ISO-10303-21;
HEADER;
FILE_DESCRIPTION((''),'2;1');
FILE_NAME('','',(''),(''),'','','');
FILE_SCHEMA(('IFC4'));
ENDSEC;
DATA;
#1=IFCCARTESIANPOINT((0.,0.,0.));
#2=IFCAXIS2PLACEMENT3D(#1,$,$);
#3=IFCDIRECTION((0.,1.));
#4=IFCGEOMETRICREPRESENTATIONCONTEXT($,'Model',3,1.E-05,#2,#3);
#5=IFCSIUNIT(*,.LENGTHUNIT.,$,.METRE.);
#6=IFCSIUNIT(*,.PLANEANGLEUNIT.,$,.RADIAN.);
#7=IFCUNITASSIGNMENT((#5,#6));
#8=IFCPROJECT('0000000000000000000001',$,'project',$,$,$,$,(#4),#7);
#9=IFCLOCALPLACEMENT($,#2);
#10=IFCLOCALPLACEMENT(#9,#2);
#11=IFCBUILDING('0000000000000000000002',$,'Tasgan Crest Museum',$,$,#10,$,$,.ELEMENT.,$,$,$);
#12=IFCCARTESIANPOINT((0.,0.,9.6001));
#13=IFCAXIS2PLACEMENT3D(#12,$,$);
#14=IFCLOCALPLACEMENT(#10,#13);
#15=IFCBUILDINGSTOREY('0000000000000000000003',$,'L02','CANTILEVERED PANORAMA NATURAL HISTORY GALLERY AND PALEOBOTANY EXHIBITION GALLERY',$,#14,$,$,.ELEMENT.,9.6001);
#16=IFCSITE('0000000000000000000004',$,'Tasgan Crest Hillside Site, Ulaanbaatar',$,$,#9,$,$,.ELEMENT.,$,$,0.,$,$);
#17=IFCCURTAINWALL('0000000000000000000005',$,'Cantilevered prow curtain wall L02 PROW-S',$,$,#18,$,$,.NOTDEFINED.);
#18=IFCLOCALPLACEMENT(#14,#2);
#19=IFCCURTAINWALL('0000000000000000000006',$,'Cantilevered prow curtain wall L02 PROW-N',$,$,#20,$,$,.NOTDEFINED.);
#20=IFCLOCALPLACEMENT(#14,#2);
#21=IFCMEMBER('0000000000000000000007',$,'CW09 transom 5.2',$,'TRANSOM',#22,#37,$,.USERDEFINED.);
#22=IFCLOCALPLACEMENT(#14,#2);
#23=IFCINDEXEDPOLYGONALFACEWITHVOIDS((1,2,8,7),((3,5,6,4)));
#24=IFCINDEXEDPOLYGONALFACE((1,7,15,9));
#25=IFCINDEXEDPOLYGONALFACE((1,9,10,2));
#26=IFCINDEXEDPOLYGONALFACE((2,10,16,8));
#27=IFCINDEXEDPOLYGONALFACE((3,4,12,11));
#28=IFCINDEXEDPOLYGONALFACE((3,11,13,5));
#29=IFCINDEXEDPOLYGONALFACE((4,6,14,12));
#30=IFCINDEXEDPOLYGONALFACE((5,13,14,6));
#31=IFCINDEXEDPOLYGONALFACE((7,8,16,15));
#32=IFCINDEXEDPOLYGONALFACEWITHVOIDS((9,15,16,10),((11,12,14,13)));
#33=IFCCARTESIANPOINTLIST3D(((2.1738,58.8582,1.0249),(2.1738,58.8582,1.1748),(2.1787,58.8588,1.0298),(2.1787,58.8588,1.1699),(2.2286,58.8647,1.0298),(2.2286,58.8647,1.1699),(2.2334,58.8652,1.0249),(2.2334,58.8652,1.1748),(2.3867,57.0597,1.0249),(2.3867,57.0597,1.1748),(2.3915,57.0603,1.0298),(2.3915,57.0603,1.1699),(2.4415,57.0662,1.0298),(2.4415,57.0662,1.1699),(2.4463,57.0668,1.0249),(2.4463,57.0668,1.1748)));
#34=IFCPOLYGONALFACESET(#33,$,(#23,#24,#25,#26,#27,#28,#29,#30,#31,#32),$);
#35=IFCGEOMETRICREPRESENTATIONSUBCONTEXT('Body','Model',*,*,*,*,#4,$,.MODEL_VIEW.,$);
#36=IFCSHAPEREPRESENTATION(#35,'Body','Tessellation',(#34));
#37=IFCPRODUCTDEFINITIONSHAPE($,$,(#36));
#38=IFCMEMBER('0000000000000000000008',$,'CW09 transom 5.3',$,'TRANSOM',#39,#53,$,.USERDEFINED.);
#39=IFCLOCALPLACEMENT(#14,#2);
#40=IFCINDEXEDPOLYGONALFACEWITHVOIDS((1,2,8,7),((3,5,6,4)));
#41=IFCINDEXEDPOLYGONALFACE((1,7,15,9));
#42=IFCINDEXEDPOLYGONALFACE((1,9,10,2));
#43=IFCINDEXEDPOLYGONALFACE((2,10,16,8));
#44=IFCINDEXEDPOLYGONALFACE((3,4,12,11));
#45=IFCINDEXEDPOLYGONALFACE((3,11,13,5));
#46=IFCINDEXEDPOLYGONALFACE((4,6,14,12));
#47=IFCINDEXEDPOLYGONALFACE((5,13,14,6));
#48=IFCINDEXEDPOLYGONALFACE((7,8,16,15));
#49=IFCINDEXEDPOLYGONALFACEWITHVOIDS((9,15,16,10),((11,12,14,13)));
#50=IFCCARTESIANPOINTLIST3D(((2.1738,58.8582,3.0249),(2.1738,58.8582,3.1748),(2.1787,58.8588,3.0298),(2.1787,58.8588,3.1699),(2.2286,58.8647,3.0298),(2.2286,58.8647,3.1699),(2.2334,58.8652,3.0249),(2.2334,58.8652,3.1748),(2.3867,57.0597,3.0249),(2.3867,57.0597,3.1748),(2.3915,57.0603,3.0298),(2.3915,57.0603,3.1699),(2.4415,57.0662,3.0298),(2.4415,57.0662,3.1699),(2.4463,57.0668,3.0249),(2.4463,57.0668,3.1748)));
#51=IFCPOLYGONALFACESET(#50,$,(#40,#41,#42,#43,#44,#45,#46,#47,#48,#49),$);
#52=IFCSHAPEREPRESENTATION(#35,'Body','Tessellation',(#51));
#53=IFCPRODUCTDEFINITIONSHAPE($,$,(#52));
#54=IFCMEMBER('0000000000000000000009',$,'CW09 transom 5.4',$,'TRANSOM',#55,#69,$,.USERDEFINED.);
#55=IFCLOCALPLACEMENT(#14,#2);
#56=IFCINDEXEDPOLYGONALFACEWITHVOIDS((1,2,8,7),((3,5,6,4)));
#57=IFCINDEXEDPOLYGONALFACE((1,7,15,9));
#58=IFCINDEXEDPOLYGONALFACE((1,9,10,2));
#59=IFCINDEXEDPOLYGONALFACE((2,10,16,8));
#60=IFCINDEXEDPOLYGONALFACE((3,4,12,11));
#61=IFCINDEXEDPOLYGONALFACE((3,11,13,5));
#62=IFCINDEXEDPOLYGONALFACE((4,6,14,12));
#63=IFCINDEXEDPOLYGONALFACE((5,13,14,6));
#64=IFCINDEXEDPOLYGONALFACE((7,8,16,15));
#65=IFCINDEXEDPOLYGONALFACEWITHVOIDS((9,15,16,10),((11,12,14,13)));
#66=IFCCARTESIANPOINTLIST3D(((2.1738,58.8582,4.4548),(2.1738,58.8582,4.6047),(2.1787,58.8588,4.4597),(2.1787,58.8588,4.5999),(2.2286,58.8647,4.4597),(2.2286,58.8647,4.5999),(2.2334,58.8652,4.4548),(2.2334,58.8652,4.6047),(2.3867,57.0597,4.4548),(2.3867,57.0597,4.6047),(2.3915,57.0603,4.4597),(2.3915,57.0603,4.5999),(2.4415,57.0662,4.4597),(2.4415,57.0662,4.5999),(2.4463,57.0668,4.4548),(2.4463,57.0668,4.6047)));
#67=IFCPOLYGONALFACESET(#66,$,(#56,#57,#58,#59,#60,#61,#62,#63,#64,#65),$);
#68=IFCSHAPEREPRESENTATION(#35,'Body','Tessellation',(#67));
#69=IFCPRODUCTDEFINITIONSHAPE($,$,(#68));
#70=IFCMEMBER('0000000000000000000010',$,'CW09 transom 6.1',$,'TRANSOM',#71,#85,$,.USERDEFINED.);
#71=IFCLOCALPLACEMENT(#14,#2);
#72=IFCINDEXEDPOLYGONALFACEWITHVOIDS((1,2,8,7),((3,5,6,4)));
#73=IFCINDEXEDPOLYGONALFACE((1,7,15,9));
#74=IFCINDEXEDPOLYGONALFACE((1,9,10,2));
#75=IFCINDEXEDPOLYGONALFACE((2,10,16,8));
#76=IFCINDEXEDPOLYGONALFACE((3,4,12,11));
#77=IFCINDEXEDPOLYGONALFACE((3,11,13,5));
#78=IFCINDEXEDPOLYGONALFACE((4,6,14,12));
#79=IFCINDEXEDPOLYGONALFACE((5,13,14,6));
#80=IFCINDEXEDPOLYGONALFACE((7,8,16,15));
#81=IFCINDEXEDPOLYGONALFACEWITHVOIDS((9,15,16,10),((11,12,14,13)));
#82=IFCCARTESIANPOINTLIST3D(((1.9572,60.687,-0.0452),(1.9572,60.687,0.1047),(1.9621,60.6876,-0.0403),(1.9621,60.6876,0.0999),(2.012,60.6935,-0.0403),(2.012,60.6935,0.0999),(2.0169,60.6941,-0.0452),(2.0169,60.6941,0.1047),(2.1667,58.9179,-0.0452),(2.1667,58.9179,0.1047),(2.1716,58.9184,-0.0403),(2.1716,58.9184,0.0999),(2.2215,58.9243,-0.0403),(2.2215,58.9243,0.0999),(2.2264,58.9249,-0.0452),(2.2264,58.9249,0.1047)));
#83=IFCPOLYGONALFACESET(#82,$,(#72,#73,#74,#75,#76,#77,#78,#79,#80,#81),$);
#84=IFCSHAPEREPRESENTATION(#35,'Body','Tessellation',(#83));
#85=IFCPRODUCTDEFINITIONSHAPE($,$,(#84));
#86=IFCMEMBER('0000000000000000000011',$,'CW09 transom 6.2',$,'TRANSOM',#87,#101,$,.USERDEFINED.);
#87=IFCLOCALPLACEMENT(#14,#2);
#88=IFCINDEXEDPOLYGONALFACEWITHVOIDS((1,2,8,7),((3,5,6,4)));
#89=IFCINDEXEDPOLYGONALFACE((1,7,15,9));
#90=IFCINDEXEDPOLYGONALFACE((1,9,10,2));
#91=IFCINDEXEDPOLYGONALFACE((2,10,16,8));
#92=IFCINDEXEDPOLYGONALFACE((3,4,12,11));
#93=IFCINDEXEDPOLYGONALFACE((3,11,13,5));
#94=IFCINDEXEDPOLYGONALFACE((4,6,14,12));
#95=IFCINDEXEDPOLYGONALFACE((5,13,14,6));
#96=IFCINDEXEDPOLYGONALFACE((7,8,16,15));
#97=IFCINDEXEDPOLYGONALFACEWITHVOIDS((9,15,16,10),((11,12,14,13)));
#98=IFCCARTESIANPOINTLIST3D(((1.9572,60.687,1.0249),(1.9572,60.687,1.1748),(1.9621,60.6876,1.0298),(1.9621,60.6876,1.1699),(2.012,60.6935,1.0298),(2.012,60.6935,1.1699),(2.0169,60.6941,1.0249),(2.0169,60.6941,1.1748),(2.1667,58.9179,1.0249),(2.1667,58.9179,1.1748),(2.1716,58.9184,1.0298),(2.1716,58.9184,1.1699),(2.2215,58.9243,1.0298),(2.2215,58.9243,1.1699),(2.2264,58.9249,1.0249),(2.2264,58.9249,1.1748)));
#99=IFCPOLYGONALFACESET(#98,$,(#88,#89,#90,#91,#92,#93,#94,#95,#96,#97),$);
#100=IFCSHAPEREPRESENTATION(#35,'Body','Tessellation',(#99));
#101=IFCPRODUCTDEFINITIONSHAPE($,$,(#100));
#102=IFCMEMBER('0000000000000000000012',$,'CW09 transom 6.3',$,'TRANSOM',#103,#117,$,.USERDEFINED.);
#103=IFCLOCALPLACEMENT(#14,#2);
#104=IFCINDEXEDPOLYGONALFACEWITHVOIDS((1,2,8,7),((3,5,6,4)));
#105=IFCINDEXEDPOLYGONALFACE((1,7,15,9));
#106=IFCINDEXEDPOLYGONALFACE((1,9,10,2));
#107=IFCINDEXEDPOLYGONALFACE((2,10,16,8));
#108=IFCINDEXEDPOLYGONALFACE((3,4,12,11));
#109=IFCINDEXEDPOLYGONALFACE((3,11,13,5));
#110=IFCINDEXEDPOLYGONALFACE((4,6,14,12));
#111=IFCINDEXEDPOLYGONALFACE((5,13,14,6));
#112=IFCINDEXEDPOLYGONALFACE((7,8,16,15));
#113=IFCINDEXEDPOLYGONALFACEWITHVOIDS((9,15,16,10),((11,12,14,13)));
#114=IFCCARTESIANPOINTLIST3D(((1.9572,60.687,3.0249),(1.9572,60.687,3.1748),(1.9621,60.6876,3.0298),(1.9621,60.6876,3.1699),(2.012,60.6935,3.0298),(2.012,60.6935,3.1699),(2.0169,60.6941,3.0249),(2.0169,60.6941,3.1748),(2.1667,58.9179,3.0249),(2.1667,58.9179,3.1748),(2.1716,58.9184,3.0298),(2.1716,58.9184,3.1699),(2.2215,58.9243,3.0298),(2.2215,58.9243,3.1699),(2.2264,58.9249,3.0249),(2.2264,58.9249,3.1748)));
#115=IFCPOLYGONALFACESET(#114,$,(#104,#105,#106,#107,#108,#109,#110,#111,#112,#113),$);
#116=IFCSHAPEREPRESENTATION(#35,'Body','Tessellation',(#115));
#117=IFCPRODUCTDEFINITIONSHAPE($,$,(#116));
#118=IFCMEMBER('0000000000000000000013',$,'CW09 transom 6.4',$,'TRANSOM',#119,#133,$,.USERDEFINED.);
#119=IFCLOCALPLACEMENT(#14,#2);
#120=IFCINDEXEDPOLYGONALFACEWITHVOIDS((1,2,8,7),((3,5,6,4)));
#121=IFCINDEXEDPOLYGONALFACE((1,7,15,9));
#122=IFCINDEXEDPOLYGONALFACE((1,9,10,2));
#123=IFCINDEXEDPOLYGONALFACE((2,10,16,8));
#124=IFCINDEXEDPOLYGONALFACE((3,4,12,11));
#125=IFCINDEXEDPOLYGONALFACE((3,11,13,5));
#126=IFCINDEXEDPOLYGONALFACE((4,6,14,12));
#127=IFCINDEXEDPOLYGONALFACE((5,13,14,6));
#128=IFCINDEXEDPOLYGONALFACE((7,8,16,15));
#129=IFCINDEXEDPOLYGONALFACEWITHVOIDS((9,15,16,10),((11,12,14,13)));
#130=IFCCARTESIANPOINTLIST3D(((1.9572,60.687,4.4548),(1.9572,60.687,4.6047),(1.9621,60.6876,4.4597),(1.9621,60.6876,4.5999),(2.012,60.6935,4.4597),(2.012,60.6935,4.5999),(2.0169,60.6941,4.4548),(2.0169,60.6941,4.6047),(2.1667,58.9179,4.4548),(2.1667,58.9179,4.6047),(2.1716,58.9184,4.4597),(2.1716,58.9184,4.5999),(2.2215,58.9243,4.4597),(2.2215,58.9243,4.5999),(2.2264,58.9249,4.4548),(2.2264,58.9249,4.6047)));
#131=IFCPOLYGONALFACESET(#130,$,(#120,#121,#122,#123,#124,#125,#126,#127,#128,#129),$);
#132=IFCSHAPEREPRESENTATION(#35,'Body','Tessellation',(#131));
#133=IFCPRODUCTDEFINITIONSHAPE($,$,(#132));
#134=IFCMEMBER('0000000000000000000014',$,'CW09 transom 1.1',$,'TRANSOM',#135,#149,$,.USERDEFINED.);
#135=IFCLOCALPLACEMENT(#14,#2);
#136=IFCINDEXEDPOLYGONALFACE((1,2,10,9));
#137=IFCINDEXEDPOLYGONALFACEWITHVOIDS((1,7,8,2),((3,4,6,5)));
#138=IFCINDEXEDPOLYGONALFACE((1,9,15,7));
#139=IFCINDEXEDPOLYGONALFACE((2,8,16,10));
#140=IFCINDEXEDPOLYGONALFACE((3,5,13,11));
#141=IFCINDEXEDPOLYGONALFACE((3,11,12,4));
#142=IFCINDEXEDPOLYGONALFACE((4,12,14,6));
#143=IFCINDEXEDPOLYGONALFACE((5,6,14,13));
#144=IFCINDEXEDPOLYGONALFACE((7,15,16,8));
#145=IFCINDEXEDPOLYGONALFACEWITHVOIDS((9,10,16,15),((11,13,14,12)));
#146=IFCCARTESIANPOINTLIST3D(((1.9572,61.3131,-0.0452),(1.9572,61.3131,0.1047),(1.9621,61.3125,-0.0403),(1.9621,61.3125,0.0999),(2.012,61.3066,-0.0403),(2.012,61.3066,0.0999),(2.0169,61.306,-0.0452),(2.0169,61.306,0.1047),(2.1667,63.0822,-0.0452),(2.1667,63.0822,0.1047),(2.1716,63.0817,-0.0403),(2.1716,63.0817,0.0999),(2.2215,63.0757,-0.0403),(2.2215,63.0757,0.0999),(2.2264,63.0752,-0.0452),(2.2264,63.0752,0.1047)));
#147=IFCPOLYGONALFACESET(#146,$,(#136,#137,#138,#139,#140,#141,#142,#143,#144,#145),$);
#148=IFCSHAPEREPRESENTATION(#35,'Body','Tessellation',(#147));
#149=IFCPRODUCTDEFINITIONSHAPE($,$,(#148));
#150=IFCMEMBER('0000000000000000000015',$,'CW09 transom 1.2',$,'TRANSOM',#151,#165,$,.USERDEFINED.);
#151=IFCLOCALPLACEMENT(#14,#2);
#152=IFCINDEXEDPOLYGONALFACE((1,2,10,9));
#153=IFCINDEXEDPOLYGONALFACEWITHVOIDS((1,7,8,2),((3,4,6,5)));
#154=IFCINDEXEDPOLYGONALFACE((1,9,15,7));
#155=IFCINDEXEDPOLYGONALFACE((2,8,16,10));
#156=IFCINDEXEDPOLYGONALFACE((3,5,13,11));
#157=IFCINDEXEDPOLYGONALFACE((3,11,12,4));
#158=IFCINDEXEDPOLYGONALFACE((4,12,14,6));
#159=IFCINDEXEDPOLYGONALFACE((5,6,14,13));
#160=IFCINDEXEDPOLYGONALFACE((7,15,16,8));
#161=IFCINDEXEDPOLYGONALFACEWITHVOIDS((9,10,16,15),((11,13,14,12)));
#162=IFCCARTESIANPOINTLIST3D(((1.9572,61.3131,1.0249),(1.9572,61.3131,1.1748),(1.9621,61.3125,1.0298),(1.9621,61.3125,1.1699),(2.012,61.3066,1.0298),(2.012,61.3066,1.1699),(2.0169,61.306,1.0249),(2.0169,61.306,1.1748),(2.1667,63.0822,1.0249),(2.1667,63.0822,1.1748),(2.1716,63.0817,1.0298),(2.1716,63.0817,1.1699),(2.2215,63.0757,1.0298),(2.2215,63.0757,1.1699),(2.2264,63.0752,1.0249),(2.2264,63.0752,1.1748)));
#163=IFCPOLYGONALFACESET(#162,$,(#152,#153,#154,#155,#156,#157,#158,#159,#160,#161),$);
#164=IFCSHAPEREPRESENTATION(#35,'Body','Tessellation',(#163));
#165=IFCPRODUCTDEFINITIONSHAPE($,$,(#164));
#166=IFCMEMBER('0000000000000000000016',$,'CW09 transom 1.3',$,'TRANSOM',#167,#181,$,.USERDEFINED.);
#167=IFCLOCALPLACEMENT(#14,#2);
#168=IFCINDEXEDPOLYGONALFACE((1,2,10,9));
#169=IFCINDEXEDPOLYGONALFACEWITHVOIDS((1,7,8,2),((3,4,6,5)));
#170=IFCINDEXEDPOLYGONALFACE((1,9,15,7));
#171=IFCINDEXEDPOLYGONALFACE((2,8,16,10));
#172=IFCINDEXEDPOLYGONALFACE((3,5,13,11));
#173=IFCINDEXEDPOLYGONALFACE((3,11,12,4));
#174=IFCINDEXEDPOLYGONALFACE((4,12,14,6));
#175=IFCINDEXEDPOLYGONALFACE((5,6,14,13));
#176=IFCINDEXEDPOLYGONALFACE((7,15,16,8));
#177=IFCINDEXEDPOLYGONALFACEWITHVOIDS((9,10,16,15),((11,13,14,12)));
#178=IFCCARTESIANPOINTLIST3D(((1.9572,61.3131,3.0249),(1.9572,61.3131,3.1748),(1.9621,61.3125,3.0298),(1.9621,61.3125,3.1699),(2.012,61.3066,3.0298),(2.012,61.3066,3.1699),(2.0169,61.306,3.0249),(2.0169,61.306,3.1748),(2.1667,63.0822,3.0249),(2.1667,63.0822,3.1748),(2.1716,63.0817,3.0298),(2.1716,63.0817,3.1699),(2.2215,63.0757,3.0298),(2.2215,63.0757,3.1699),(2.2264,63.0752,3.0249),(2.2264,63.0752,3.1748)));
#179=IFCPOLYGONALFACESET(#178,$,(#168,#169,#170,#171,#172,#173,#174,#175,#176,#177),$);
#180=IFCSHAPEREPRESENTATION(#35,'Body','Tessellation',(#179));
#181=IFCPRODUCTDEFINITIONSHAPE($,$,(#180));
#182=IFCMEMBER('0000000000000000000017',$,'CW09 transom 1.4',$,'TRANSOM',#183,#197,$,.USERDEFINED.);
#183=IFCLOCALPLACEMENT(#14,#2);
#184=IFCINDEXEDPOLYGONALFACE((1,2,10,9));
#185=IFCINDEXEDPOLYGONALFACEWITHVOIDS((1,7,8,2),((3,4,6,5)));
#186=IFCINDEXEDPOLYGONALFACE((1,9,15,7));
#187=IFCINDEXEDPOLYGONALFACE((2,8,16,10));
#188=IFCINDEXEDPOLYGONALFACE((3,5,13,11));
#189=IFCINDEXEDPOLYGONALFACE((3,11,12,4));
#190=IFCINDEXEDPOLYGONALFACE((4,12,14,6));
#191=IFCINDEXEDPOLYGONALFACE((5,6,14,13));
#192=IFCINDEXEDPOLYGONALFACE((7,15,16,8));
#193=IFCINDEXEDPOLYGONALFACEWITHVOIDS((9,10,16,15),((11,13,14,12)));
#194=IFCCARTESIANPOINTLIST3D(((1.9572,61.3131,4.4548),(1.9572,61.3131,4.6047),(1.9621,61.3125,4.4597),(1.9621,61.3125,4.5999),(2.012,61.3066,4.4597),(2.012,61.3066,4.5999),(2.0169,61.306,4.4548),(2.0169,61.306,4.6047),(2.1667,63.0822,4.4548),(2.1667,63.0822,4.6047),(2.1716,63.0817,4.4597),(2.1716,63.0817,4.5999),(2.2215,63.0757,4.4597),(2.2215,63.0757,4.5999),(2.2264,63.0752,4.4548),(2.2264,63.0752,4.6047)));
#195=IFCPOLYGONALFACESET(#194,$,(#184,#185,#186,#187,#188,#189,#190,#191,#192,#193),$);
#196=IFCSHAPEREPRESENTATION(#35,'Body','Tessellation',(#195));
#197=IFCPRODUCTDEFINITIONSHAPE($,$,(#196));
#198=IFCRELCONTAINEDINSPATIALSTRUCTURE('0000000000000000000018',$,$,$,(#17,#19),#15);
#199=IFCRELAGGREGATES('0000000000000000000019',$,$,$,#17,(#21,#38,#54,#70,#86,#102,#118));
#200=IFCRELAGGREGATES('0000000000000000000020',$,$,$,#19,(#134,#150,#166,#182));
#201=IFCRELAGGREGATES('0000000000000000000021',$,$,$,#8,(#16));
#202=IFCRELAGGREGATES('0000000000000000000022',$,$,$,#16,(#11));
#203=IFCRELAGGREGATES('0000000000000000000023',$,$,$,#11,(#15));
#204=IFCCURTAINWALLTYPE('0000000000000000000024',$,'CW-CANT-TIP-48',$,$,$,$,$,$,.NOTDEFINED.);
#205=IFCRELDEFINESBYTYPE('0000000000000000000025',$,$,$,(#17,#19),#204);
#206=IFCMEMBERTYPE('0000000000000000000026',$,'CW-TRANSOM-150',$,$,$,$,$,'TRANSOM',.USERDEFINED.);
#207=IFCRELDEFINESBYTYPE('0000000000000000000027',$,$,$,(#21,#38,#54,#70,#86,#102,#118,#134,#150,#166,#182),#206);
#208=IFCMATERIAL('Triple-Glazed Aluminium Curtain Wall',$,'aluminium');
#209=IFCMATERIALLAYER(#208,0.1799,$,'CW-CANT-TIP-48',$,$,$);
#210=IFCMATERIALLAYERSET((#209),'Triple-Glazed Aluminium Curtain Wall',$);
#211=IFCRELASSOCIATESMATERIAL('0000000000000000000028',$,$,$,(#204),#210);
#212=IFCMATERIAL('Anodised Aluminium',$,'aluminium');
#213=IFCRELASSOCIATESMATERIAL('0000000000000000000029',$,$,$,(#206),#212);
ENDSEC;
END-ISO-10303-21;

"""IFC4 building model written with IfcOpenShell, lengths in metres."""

from ifc_helpers import new_model, si_unit, direction, frame, origin, origin_2d, place, context, subcontext, project, spatial, hollow_rectangle, extrude, material, layer, layer_set, material_profile, profile_set, type_object, element, aggregate, save


model = new_model("IFC4")

# Units and contexts
model_context = context("Model", 3, precision=1e-05, world=origin(), true_north=direction((0.0, 1.0)))
body_context = subcontext(model_context, "Body", "Model", "MODEL_VIEW")
ifc_project = project(units=[si_unit("LENGTHUNIT", "METRE"), si_unit("PLANEANGLEUNIT", "RADIAN")], contexts=[model_context])

# Site, building, storey
site_placement = place(None, origin())
site = spatial("IfcSite", under=ifc_project, at=site_placement, Name="Tasgan Crest Hillside Site, Ulaanbaatar", CompositionType="ELEMENT", RefElevation=0.0)
building_placement = place(site_placement, origin())
building = spatial("IfcBuilding", under=site, at=building_placement, Name="Tasgan Crest Museum", CompositionType="ELEMENT")
storey_placement = place(building_placement, frame((0.0, 0.0, 9.6001)))
storey = spatial("IfcBuildingStorey", under=building, at=storey_placement, Name="L02", Description="CANTILEVERED PANORAMA NATURAL HISTORY GALLERY AND PALEOBOTANY EXHIBITION GALLERY", CompositionType="ELEMENT", Elevation=9.6001)

# Shared definitions
ifc_material_1 = material(Name="Triple-Glazed Aluminium Curtain Wall", Category="aluminium")
ifc_layer_1 = layer(ifc_material_1, 0.1799, Name="CW-CANT-TIP-48")
ifc_layer_set_1 = layer_set([ifc_layer_1], Name="Triple-Glazed Aluminium Curtain Wall")
curtain_wall_type = type_object("IfcCurtainWallType", Name="CW-CANT-TIP-48", PredefinedType="NOTDEFINED", material=ifc_layer_set_1)

# Curtain walls
curtain_wall_1_placement = place(storey_placement, origin())
curtain_wall_1 = element("IfcCurtainWall", 1, at=curtain_wall_1_placement, inside=storey, type_object=curtain_wall_type, Name="Cantilevered prow curtain wall L02 PROW-S", PredefinedType="NOTDEFINED")
curtain_wall_2_placement = place(storey_placement, origin())
curtain_wall_2 = element("IfcCurtainWall", 2, at=curtain_wall_2_placement, inside=storey, type_object=curtain_wall_type, Name="Cantilevered prow curtain wall L02 PROW-N", PredefinedType="NOTDEFINED")

# Members
ifc_material_2 = material(Name="Anodised Aluminium", Category="aluminium")
ifc_material_profile_1 = material_profile(ifc_material_2, hollow_rectangle(XDim=0.0601, YDim=0.1499, WallThickness=0.0049, at=origin_2d()), Name="ALU TRANSOM 150x60x5")
ifc_profile_set_1 = profile_set([ifc_material_profile_1], Name="Anodised Aluminium")
member_type_1 = type_object("IfcMemberType", Name="CW-TRANSOM-150", ElementType="TRANSOM", PredefinedType="USERDEFINED", material=ifc_profile_set_1)
member_1_placement = place(storey_placement, frame((2.4165, 57.0632, 1.0999), z_axis=(-0.117545, 0.993068, 0.0), x_axis=(-0.993068, -0.117545, 0.0)))
member_1 = element("IfcMember", 3, at=member_1_placement, type_object=member_type_1, Name="CW09 transom 5.2", ObjectType="TRANSOM", PredefinedType="USERDEFINED", context=body_context, shape_type="SweptSolid", body=[
    extrude(hollow_rectangle(XDim=0.0601, YDim=0.1499, WallThickness=0.0049, at=origin_2d()), origin(), (0.0, 0.0, 1.0), 1.811),
])
member_2_placement = place(storey_placement, frame((2.4165, 57.0632, 3.0999), z_axis=(-0.117545, 0.993068, 0.0), x_axis=(-0.993068, -0.117545, 0.0)))
member_2 = element("IfcMember", 4, at=member_2_placement, type_object=member_type_1, Name="CW09 transom 5.3", ObjectType="TRANSOM", PredefinedType="USERDEFINED", context=body_context, shape_type="SweptSolid", body=[
    extrude(hollow_rectangle(XDim=0.0601, YDim=0.1499, WallThickness=0.0049, at=origin_2d()), origin(), (0.0, 0.0, 1.0), 1.811),
])
member_3_placement = place(storey_placement, frame((2.4165, 57.0632, 4.5298), z_axis=(-0.117545, 0.993068, 0.0), x_axis=(-0.993068, -0.117545, 0.0)))
member_3 = element("IfcMember", 5, at=member_3_placement, type_object=member_type_1, Name="CW09 transom 5.4", ObjectType="TRANSOM", PredefinedType="USERDEFINED", context=body_context, shape_type="SweptSolid", body=[
    extrude(hollow_rectangle(XDim=0.0601, YDim=0.1499, WallThickness=0.0049, at=origin_2d()), origin(), (0.0, 0.0, 1.0), 1.811),
])
member_4_placement = place(storey_placement, frame((2.1965, 58.9214, 0.0298), z_axis=(-0.117589, 0.993062, 0.0), x_axis=(-0.993062, -0.117589, 0.0)))
member_4 = element("IfcMember", 6, at=member_4_placement, type_object=member_type_1, Name="CW09 transom 6.1", ObjectType="TRANSOM", PredefinedType="USERDEFINED", context=body_context, shape_type="SweptSolid", body=[
    extrude(hollow_rectangle(XDim=0.0601, YDim=0.1499, WallThickness=0.0049, at=origin_2d()), origin(), (0.0, 0.0, 1.0), 1.7815),
])
member_5_placement = place(storey_placement, frame((2.1965, 58.9214, 1.0999), z_axis=(-0.117589, 0.993062, 0.0), x_axis=(-0.993062, -0.117589, 0.0)))
member_5 = element("IfcMember", 7, at=member_5_placement, type_object=member_type_1, Name="CW09 transom 6.2", ObjectType="TRANSOM", PredefinedType="USERDEFINED", context=body_context, shape_type="SweptSolid", body=[
    extrude(hollow_rectangle(XDim=0.0601, YDim=0.1499, WallThickness=0.0049, at=origin_2d()), origin(), (0.0, 0.0, 1.0), 1.7815),
])
member_6_placement = place(storey_placement, frame((2.1965, 58.9214, 3.0999), z_axis=(-0.117589, 0.993062, 0.0), x_axis=(-0.993062, -0.117589, 0.0)))
member_6 = element("IfcMember", 8, at=member_6_placement, type_object=member_type_1, Name="CW09 transom 6.3", ObjectType="TRANSOM", PredefinedType="USERDEFINED", context=body_context, shape_type="SweptSolid", body=[
    extrude(hollow_rectangle(XDim=0.0601, YDim=0.1499, WallThickness=0.0049, at=origin_2d()), origin(), (0.0, 0.0, 1.0), 1.7815),
])
member_7_placement = place(storey_placement, frame((2.1965, 58.9214, 4.5298), z_axis=(-0.117589, 0.993062, 0.0), x_axis=(-0.993062, -0.117589, 0.0)))
member_7 = element("IfcMember", 9, at=member_7_placement, type_object=member_type_1, Name="CW09 transom 6.4", ObjectType="TRANSOM", PredefinedType="USERDEFINED", context=body_context, shape_type="SweptSolid", body=[
    extrude(hollow_rectangle(XDim=0.0601, YDim=0.1499, WallThickness=0.0049, at=origin_2d()), origin(), (0.0, 0.0, 1.0), 1.7815),
])
member_8_placement = place(storey_placement, frame((1.9871, 61.3096, 0.0298), z_axis=(0.117589, 0.993062, 0.0), x_axis=(-0.993062, 0.117589, 0.0)))
member_8 = element("IfcMember", 10, at=member_8_placement, type_object=member_type_1, Name="CW09 transom 1.1", ObjectType="TRANSOM", PredefinedType="USERDEFINED", context=body_context, shape_type="SweptSolid", body=[
    extrude(hollow_rectangle(XDim=0.0601, YDim=0.1499, WallThickness=0.0049, at=origin_2d()), origin(), (0.0, 0.0, 1.0), 1.7815),
])
member_9_placement = place(storey_placement, frame((1.9871, 61.3096, 1.0999), z_axis=(0.117589, 0.993062, 0.0), x_axis=(-0.993062, 0.117589, 0.0)))
member_9 = element("IfcMember", 11, at=member_9_placement, type_object=member_type_1, Name="CW09 transom 1.2", ObjectType="TRANSOM", PredefinedType="USERDEFINED", context=body_context, shape_type="SweptSolid", body=[
    extrude(hollow_rectangle(XDim=0.0601, YDim=0.1499, WallThickness=0.0049, at=origin_2d()), origin(), (0.0, 0.0, 1.0), 1.7815),
])
member_10_placement = place(storey_placement, frame((1.9871, 61.3096, 3.0999), z_axis=(0.117589, 0.993062, 0.0), x_axis=(-0.993062, 0.117589, 0.0)))
member_10 = element("IfcMember", 12, at=member_10_placement, type_object=member_type_1, Name="CW09 transom 1.3", ObjectType="TRANSOM", PredefinedType="USERDEFINED", context=body_context, shape_type="SweptSolid", body=[
    extrude(hollow_rectangle(XDim=0.0601, YDim=0.1499, WallThickness=0.0049, at=origin_2d()), origin(), (0.0, 0.0, 1.0), 1.7815),
])
member_11_placement = place(storey_placement, frame((1.9871, 61.3096, 4.5298), z_axis=(0.117589, 0.993062, 0.0), x_axis=(-0.993062, 0.117589, 0.0)))
member_11 = element("IfcMember", 13, at=member_11_placement, type_object=member_type_1, Name="CW09 transom 1.4", ObjectType="TRANSOM", PredefinedType="USERDEFINED", context=body_context, shape_type="SweptSolid", body=[
    extrude(hollow_rectangle(XDim=0.0601, YDim=0.1499, WallThickness=0.0049, at=origin_2d()), origin(), (0.0, 0.0, 1.0), 1.7815),
])

aggregate(curtain_wall_1, [member_1, member_2, member_3, member_4, member_5, member_6, member_7])
aggregate(curtain_wall_2, [member_8, member_9, member_10, member_11])

save(model, "model.ifc")
